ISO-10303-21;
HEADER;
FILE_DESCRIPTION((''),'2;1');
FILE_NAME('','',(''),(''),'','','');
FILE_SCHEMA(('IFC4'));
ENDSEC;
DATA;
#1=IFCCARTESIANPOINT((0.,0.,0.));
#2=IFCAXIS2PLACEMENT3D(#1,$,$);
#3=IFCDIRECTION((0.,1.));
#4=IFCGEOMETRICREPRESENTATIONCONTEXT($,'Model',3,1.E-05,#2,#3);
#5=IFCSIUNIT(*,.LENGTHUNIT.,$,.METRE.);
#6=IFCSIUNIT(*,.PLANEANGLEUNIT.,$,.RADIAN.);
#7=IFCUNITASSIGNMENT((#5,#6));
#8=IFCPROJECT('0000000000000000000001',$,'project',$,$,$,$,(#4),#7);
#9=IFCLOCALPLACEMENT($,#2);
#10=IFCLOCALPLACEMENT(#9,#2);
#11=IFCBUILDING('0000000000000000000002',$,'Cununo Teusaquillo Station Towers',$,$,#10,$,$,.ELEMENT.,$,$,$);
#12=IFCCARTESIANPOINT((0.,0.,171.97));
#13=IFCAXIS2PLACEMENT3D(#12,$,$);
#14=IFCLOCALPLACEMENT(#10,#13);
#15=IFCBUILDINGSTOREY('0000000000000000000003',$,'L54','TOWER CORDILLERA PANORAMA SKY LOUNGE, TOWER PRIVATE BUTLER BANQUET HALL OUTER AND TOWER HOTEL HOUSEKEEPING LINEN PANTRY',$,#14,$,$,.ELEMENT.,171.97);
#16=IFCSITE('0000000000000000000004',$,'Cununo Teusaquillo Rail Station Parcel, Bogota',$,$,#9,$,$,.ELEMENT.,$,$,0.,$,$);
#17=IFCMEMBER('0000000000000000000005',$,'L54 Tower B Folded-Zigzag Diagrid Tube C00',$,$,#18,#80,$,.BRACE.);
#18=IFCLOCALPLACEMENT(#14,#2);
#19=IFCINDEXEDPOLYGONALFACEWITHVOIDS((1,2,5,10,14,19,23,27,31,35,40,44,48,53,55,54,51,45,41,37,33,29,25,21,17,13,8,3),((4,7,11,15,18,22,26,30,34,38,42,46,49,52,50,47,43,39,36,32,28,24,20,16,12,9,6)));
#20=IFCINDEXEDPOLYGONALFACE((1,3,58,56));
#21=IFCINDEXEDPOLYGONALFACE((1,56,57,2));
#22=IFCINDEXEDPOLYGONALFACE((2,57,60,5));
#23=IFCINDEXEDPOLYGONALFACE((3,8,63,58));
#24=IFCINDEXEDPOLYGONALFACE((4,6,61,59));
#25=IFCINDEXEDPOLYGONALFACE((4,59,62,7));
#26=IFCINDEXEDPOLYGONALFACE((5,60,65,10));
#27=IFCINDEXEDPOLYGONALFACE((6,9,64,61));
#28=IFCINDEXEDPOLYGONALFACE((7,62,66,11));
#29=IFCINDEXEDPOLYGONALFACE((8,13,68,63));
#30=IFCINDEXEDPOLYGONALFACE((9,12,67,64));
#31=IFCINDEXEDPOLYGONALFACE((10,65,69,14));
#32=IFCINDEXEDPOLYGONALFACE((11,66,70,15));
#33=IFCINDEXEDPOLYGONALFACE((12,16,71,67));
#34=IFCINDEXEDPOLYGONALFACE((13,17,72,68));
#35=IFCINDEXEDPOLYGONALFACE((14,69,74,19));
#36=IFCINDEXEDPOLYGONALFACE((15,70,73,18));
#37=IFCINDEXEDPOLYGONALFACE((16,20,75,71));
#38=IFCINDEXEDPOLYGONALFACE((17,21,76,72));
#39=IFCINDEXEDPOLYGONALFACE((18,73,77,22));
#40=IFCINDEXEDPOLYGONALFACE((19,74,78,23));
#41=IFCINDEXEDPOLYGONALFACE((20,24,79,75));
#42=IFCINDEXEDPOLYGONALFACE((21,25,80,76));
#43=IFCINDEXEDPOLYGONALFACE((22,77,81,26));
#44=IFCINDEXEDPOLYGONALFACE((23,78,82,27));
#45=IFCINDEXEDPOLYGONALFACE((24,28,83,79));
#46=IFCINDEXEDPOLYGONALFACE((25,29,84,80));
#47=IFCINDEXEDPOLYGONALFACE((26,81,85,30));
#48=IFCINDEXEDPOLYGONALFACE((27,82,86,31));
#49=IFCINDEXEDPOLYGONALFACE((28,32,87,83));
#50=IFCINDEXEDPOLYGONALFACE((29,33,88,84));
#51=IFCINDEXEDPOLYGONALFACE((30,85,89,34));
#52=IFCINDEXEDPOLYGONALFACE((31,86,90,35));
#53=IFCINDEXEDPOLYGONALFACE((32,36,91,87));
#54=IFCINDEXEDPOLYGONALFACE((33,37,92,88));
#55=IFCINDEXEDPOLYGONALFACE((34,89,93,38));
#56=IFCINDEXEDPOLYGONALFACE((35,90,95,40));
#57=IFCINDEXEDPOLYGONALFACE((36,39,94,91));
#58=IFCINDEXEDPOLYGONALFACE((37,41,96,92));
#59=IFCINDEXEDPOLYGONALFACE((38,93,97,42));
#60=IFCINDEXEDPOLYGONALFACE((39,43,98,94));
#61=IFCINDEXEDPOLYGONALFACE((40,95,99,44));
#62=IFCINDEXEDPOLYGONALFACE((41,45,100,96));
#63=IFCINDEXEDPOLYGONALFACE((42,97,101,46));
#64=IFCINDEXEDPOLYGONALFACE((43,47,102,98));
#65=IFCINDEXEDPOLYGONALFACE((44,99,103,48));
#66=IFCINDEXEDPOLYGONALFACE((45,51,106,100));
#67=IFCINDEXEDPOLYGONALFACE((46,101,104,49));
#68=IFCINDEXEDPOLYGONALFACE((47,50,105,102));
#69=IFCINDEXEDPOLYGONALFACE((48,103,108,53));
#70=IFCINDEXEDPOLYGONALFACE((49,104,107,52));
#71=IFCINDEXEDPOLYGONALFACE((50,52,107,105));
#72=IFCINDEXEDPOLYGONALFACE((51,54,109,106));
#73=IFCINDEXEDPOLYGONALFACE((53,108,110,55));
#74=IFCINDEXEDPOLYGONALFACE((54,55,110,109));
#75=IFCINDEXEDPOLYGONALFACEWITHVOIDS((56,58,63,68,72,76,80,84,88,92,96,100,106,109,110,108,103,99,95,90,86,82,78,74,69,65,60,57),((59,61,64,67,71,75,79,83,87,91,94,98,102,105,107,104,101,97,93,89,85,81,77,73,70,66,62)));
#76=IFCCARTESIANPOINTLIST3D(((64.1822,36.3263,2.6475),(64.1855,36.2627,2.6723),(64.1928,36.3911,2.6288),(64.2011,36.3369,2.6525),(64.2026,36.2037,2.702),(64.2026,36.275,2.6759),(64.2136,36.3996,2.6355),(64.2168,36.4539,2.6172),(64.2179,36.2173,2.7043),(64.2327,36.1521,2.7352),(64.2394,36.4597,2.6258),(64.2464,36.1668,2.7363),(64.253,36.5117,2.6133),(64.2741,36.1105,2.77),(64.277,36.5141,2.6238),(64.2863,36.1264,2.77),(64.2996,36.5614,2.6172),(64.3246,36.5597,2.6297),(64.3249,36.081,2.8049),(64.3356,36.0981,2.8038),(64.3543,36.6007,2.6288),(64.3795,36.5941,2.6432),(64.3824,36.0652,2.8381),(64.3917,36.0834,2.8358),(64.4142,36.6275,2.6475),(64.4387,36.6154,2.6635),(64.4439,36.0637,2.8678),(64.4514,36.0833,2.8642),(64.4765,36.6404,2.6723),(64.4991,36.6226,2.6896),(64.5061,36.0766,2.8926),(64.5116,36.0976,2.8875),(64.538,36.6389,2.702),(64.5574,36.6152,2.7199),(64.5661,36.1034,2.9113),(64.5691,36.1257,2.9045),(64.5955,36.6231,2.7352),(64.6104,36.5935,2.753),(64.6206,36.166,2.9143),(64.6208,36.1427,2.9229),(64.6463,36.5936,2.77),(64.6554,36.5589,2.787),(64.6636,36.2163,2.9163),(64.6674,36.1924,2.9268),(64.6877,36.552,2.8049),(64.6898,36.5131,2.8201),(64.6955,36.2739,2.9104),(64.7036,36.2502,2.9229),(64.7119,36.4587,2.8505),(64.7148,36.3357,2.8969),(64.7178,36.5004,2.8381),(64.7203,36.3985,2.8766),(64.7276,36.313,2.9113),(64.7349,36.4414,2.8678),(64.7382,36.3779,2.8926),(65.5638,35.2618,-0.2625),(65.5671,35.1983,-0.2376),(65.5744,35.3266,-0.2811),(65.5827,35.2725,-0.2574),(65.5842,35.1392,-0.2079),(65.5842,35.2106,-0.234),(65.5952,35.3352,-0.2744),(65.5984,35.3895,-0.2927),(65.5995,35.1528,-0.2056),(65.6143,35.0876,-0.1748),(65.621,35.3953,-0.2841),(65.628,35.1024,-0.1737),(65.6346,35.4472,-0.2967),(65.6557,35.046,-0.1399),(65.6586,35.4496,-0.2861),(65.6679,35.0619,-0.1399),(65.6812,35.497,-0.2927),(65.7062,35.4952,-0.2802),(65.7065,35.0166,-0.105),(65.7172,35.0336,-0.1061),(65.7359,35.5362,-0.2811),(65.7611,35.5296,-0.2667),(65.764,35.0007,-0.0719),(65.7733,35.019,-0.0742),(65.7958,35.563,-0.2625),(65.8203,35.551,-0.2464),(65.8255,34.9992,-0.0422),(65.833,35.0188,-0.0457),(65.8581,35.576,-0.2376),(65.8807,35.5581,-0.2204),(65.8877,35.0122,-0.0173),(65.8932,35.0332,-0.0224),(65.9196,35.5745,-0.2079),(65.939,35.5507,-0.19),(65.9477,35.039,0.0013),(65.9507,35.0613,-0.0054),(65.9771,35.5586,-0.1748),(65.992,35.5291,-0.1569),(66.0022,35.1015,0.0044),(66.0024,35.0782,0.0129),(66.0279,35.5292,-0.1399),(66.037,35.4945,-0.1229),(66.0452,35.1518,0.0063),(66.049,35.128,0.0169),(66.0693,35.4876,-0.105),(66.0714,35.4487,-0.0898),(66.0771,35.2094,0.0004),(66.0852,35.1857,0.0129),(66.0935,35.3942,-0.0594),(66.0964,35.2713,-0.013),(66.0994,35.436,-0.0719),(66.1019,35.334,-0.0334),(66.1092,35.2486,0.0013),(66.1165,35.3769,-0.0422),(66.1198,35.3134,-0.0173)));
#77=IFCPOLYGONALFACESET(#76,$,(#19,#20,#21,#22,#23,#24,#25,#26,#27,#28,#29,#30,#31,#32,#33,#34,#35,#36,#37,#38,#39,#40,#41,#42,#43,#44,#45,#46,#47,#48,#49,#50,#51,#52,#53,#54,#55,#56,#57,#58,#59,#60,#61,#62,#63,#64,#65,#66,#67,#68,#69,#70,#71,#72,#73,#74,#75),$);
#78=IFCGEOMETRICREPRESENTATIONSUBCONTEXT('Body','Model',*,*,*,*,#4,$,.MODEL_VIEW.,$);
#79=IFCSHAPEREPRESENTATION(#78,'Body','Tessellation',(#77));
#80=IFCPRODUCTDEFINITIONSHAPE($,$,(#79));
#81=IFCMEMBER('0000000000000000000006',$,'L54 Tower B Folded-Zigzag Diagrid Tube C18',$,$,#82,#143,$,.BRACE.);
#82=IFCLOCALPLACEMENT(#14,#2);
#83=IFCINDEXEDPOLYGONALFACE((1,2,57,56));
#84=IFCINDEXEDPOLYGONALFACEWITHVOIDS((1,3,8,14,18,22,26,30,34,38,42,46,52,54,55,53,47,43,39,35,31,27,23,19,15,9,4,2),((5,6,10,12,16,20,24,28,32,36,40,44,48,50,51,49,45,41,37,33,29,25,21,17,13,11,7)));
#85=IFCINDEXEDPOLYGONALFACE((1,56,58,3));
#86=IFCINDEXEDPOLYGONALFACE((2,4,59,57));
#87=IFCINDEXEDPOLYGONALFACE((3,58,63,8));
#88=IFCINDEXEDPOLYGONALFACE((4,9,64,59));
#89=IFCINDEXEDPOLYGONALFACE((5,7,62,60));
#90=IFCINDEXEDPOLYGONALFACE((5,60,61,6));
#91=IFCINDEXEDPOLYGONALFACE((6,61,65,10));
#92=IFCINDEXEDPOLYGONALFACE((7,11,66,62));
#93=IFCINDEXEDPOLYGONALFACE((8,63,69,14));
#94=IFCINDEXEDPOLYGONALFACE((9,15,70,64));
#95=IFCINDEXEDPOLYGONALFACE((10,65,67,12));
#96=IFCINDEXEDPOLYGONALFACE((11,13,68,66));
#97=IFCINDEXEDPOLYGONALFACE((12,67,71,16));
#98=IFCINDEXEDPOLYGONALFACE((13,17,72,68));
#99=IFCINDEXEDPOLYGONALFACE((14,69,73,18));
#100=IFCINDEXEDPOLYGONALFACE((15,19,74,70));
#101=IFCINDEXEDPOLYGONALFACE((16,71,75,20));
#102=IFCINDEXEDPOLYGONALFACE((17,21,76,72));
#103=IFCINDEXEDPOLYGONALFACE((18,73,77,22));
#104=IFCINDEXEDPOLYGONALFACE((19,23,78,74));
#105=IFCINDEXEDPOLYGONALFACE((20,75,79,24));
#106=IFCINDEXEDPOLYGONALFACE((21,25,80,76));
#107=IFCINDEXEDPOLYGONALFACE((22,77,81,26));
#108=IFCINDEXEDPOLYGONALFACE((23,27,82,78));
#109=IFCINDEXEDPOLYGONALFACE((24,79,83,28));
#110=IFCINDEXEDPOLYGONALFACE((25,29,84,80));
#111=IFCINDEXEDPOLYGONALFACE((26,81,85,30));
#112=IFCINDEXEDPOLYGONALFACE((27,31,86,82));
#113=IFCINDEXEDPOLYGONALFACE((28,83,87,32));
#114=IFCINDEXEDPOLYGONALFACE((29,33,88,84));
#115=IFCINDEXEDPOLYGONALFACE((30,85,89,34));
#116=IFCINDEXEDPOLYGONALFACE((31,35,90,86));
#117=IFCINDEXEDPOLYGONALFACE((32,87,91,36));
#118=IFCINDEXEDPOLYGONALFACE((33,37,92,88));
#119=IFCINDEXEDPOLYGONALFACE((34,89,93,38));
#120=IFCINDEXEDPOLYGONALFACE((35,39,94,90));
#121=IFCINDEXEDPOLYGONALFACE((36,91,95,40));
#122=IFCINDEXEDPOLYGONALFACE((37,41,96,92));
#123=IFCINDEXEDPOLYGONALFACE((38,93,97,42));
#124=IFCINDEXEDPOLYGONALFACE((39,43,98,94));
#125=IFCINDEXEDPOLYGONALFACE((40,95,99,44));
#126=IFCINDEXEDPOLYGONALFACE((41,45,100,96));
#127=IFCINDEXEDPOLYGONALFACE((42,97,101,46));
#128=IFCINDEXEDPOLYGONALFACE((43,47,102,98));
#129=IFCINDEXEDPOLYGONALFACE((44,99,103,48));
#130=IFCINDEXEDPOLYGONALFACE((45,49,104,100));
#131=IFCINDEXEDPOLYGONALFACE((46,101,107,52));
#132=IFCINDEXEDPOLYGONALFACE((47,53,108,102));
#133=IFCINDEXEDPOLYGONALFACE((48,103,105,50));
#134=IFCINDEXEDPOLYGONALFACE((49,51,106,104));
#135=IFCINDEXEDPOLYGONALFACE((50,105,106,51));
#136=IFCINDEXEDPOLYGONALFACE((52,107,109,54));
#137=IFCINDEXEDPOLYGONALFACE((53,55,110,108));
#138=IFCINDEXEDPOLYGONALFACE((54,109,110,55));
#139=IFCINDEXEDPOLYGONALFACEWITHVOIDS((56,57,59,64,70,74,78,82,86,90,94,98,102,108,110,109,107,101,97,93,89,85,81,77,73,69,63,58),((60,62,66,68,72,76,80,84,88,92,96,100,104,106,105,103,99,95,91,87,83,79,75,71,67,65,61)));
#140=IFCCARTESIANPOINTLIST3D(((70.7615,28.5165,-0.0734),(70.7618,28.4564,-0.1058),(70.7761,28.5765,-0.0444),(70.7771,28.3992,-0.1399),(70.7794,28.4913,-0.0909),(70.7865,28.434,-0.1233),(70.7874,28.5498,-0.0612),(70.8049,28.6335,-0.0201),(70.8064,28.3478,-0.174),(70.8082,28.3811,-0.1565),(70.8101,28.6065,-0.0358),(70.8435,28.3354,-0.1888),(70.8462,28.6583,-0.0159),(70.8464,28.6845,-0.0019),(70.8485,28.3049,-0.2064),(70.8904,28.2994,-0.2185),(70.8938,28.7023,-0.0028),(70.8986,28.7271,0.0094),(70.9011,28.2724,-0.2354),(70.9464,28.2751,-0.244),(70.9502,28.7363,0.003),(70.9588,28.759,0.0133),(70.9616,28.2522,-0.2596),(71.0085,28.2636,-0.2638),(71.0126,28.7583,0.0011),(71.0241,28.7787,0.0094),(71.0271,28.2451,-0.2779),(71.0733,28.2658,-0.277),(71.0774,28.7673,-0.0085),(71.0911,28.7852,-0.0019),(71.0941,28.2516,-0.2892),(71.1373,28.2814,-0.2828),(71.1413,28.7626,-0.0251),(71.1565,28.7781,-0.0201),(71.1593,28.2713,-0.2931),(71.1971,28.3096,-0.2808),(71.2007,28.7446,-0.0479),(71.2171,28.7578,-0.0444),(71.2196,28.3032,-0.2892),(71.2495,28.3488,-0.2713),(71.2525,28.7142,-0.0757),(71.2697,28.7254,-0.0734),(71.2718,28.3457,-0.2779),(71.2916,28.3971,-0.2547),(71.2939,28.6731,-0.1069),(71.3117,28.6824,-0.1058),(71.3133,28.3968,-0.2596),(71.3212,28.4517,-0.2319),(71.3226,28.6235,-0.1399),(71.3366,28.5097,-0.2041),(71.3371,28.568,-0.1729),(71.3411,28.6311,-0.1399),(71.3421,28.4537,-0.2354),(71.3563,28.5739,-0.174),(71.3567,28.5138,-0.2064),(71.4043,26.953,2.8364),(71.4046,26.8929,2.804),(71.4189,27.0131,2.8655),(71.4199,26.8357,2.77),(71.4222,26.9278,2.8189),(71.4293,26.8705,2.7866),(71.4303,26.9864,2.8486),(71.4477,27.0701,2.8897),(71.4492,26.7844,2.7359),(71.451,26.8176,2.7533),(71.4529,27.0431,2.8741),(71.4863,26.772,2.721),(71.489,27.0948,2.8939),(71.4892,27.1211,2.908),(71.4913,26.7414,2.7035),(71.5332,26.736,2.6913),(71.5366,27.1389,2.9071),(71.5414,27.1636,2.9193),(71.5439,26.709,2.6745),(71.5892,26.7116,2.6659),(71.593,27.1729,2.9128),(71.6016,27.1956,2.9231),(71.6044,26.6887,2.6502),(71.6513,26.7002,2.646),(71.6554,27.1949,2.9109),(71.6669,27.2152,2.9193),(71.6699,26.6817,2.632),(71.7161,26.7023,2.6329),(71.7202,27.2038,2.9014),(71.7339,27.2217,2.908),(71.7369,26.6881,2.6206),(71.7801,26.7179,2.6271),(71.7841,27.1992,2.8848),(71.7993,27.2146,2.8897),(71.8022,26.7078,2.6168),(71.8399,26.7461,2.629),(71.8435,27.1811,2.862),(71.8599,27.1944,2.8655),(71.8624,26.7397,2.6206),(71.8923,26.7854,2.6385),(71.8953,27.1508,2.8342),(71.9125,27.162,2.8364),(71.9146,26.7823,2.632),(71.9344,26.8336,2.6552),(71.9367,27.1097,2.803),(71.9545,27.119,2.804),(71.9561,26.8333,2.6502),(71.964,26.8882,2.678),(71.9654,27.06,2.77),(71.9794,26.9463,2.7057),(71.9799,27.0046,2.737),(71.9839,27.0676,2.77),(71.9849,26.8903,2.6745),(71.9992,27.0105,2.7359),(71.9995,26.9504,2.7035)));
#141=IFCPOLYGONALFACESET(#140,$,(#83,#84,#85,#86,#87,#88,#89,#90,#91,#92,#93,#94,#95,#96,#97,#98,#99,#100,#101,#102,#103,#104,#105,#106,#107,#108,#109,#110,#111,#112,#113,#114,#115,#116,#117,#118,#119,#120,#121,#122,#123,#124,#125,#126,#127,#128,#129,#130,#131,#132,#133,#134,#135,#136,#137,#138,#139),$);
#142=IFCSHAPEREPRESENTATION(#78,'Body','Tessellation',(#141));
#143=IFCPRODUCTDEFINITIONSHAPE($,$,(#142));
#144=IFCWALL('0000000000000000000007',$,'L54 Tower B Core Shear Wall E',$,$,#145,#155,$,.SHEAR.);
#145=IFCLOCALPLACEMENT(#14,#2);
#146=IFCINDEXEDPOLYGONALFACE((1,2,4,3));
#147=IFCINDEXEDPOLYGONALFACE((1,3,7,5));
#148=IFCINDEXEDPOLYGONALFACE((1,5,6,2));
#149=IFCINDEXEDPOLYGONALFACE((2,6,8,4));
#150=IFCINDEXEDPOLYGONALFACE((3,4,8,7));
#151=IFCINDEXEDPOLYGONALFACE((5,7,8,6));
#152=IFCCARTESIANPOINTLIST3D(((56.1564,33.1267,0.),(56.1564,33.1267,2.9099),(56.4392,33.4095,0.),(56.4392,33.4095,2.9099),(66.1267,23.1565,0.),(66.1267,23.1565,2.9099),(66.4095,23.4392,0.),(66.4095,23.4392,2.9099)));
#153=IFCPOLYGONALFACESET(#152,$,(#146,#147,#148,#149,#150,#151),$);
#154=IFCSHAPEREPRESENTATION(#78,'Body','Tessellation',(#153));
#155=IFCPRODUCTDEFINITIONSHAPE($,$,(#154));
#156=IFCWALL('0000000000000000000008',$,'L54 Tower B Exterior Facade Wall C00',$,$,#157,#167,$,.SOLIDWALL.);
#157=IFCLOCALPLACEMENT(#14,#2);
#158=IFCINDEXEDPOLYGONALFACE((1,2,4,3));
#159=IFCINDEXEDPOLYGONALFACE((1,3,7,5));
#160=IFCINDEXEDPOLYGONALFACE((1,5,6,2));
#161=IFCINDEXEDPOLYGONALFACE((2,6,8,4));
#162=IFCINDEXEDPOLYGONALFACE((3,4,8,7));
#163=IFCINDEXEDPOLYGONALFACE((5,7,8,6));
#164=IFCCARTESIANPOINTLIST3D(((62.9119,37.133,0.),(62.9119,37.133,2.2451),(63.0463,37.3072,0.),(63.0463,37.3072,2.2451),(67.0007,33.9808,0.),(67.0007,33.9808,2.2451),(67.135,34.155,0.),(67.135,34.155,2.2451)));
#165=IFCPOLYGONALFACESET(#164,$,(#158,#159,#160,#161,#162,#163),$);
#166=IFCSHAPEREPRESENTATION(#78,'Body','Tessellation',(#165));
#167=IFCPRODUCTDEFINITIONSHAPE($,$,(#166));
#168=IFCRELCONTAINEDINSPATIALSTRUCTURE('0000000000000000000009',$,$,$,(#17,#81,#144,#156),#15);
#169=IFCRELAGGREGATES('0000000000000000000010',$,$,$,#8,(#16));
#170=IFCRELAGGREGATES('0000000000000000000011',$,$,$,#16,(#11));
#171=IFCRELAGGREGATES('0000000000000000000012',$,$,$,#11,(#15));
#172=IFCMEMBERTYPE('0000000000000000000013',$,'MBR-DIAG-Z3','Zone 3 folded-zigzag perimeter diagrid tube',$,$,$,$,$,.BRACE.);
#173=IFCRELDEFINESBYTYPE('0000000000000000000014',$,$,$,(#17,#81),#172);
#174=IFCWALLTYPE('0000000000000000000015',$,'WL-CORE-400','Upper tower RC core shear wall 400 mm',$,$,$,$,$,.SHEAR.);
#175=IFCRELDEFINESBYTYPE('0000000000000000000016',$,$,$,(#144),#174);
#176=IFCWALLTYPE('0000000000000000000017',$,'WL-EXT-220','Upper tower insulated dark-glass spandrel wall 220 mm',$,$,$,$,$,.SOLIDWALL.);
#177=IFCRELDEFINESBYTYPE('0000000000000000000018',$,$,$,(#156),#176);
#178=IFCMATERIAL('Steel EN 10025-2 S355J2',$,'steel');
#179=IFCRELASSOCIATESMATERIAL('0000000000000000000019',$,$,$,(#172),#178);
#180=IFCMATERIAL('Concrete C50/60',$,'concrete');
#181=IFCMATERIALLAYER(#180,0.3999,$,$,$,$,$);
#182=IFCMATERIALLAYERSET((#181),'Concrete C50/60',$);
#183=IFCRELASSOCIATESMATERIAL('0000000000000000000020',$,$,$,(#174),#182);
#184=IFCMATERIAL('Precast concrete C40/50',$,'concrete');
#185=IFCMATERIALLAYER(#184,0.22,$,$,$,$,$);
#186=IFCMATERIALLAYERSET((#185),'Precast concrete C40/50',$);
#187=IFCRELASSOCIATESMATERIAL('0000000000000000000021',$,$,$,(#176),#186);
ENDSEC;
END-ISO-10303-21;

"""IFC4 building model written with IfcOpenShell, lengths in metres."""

from ifc_helpers import new_model, si_unit, direction, frame, frame_2d, origin, origin_2d, place, context, subcontext, project, spatial, rectangle, hollow_circle, extrude, material, layer, layer_set, material_profile, profile_set, type_object, element, save


model = new_model("IFC4")

# Units and contexts
model_context = context("Model", 3, precision=1e-05, world=origin(), true_north=direction((0.0, 1.0)))
body_context = subcontext(model_context, "Body", "Model", "MODEL_VIEW")
ifc_project = project(units=[si_unit("LENGTHUNIT", "METRE"), si_unit("PLANEANGLEUNIT", "RADIAN")], contexts=[model_context])

# Site, building, storey
site_placement = place(None, origin())
site = spatial("IfcSite", under=ifc_project, at=site_placement, Name="Cununo Teusaquillo Rail Station Parcel, Bogota", CompositionType="ELEMENT", RefElevation=0.0)
building_placement = place(site_placement, origin())
building = spatial("IfcBuilding", under=site, at=building_placement, Name="Cununo Teusaquillo Station Towers", CompositionType="ELEMENT")
storey_placement = place(building_placement, frame((0.0, 0.0, 171.97)))
storey = spatial("IfcBuildingStorey", under=building, at=storey_placement, Name="L54", Description="TOWER CORDILLERA PANORAMA SKY LOUNGE, TOWER PRIVATE BUTLER BANQUET HALL OUTER AND TOWER HOTEL HOUSEKEEPING LINEN PANTRY", CompositionType="ELEMENT", Elevation=171.97)

# Members
ifc_material_1 = material(Name="Steel EN 10025-2 S355J2", Category="steel")
ifc_material_profile_1 = material_profile(ifc_material_1, hollow_circle(Radius=0.3049, WallThickness=0.02, at=origin_2d()), Name="CHS 610x20")
ifc_profile_set_1 = profile_set([ifc_material_profile_1], Name="Steel EN 10025-2 S355J2")
member_type_1 = type_object("IfcMemberType", Name="MBR-DIAG-Z3", Description="Zone 3 folded-zigzag perimeter diagrid tube", PredefinedType="BRACE", material=ifc_profile_set_1)
member_1_placement = place(storey_placement, frame((65.8418, 35.2876, -0.1399), z_axis=(-0.407242, 0.313761, 0.857734), x_axis=(-0.610319, -0.792155, 0.0)))
element("IfcMember", 1, at=member_1_placement, inside=storey, type_object=member_type_1, Name="L54 Tower B Folded-Zigzag Diagrid Tube C00", PredefinedType="BRACE", context=body_context, shape_type="SweptSolid", body=[
    extrude(hollow_circle(Radius=0.3049, WallThickness=0.02, at=origin_2d()), origin(), (0.0, 0.0, 1.0), 3.3926),
])
member_2_placement = place(storey_placement, frame((71.0591, 28.5151, -0.1399), z_axis=(0.191015, -0.464587, 0.86468), x_axis=(0.924878, 0.380263, 0.0)))
element("IfcMember", 2, at=member_2_placement, inside=storey, type_object=member_type_1, Name="L54 Tower B Folded-Zigzag Diagrid Tube C18", PredefinedType="BRACE", context=body_context, shape_type="SweptSolid", body=[
    extrude(hollow_circle(Radius=0.3049, WallThickness=0.02, at=origin_2d()), origin(), (0.0, 0.0, 1.0), 3.3652),
])

# Walls
ifc_material_2 = material(Name="Concrete C50/60", Category="concrete")
ifc_layer_1 = layer(ifc_material_2, 0.3999)
ifc_layer_set_1 = layer_set([ifc_layer_1], Name="Concrete C50/60")
wall_type_1 = type_object("IfcWallType", Name="WL-CORE-400", Description="Upper tower RC core shear wall 400 mm", PredefinedType="SHEAR", material=ifc_layer_set_1)
wall_1_placement = place(storey_placement, frame((66.2681, 23.2979, 0.0), z_axis=(0.0, 0.0, 1.0), x_axis=(-0.707107, 0.707107, 0.0)))
element("IfcWall", 3, at=wall_1_placement, inside=storey, type_object=wall_type_1, Name="L54 Tower B Core Shear Wall E", PredefinedType="SHEAR", context=body_context, shape_type="SweptSolid", body=[
    extrude(rectangle(XDim=14.1001, YDim=0.3999, at=frame_2d((7.05, 0.0))), origin(), (0.0, 0.0, 1.0), 2.9099),
])
ifc_material_3 = material(Name="Precast concrete C40/50", Category="concrete")
ifc_layer_2 = layer(ifc_material_3, 0.22)
ifc_layer_set_2 = layer_set([ifc_layer_2], Name="Precast concrete C40/50")
wall_type_2 = type_object("IfcWallType", Name="WL-EXT-220", Description="Upper tower insulated dark-glass spandrel wall 220 mm", PredefinedType="SOLIDWALL", material=ifc_layer_set_2)
wall_2_placement = place(storey_placement, frame((62.979, 37.2202, 0.0), z_axis=(0.0, 0.0, 1.0), x_axis=(0.791963, -0.61057, 0.0)))
element("IfcWall", 4, at=wall_2_placement, inside=storey, type_object=wall_type_2, Name="L54 Tower B Exterior Facade Wall C00", PredefinedType="SOLIDWALL", context=body_context, shape_type="SweptSolid", body=[
    extrude(rectangle(XDim=5.1628, YDim=0.22, at=frame_2d((2.5815, 0.0))), origin(), (0.0, 0.0, 1.0), 2.2451),
])

save(model, "model.ifc")
